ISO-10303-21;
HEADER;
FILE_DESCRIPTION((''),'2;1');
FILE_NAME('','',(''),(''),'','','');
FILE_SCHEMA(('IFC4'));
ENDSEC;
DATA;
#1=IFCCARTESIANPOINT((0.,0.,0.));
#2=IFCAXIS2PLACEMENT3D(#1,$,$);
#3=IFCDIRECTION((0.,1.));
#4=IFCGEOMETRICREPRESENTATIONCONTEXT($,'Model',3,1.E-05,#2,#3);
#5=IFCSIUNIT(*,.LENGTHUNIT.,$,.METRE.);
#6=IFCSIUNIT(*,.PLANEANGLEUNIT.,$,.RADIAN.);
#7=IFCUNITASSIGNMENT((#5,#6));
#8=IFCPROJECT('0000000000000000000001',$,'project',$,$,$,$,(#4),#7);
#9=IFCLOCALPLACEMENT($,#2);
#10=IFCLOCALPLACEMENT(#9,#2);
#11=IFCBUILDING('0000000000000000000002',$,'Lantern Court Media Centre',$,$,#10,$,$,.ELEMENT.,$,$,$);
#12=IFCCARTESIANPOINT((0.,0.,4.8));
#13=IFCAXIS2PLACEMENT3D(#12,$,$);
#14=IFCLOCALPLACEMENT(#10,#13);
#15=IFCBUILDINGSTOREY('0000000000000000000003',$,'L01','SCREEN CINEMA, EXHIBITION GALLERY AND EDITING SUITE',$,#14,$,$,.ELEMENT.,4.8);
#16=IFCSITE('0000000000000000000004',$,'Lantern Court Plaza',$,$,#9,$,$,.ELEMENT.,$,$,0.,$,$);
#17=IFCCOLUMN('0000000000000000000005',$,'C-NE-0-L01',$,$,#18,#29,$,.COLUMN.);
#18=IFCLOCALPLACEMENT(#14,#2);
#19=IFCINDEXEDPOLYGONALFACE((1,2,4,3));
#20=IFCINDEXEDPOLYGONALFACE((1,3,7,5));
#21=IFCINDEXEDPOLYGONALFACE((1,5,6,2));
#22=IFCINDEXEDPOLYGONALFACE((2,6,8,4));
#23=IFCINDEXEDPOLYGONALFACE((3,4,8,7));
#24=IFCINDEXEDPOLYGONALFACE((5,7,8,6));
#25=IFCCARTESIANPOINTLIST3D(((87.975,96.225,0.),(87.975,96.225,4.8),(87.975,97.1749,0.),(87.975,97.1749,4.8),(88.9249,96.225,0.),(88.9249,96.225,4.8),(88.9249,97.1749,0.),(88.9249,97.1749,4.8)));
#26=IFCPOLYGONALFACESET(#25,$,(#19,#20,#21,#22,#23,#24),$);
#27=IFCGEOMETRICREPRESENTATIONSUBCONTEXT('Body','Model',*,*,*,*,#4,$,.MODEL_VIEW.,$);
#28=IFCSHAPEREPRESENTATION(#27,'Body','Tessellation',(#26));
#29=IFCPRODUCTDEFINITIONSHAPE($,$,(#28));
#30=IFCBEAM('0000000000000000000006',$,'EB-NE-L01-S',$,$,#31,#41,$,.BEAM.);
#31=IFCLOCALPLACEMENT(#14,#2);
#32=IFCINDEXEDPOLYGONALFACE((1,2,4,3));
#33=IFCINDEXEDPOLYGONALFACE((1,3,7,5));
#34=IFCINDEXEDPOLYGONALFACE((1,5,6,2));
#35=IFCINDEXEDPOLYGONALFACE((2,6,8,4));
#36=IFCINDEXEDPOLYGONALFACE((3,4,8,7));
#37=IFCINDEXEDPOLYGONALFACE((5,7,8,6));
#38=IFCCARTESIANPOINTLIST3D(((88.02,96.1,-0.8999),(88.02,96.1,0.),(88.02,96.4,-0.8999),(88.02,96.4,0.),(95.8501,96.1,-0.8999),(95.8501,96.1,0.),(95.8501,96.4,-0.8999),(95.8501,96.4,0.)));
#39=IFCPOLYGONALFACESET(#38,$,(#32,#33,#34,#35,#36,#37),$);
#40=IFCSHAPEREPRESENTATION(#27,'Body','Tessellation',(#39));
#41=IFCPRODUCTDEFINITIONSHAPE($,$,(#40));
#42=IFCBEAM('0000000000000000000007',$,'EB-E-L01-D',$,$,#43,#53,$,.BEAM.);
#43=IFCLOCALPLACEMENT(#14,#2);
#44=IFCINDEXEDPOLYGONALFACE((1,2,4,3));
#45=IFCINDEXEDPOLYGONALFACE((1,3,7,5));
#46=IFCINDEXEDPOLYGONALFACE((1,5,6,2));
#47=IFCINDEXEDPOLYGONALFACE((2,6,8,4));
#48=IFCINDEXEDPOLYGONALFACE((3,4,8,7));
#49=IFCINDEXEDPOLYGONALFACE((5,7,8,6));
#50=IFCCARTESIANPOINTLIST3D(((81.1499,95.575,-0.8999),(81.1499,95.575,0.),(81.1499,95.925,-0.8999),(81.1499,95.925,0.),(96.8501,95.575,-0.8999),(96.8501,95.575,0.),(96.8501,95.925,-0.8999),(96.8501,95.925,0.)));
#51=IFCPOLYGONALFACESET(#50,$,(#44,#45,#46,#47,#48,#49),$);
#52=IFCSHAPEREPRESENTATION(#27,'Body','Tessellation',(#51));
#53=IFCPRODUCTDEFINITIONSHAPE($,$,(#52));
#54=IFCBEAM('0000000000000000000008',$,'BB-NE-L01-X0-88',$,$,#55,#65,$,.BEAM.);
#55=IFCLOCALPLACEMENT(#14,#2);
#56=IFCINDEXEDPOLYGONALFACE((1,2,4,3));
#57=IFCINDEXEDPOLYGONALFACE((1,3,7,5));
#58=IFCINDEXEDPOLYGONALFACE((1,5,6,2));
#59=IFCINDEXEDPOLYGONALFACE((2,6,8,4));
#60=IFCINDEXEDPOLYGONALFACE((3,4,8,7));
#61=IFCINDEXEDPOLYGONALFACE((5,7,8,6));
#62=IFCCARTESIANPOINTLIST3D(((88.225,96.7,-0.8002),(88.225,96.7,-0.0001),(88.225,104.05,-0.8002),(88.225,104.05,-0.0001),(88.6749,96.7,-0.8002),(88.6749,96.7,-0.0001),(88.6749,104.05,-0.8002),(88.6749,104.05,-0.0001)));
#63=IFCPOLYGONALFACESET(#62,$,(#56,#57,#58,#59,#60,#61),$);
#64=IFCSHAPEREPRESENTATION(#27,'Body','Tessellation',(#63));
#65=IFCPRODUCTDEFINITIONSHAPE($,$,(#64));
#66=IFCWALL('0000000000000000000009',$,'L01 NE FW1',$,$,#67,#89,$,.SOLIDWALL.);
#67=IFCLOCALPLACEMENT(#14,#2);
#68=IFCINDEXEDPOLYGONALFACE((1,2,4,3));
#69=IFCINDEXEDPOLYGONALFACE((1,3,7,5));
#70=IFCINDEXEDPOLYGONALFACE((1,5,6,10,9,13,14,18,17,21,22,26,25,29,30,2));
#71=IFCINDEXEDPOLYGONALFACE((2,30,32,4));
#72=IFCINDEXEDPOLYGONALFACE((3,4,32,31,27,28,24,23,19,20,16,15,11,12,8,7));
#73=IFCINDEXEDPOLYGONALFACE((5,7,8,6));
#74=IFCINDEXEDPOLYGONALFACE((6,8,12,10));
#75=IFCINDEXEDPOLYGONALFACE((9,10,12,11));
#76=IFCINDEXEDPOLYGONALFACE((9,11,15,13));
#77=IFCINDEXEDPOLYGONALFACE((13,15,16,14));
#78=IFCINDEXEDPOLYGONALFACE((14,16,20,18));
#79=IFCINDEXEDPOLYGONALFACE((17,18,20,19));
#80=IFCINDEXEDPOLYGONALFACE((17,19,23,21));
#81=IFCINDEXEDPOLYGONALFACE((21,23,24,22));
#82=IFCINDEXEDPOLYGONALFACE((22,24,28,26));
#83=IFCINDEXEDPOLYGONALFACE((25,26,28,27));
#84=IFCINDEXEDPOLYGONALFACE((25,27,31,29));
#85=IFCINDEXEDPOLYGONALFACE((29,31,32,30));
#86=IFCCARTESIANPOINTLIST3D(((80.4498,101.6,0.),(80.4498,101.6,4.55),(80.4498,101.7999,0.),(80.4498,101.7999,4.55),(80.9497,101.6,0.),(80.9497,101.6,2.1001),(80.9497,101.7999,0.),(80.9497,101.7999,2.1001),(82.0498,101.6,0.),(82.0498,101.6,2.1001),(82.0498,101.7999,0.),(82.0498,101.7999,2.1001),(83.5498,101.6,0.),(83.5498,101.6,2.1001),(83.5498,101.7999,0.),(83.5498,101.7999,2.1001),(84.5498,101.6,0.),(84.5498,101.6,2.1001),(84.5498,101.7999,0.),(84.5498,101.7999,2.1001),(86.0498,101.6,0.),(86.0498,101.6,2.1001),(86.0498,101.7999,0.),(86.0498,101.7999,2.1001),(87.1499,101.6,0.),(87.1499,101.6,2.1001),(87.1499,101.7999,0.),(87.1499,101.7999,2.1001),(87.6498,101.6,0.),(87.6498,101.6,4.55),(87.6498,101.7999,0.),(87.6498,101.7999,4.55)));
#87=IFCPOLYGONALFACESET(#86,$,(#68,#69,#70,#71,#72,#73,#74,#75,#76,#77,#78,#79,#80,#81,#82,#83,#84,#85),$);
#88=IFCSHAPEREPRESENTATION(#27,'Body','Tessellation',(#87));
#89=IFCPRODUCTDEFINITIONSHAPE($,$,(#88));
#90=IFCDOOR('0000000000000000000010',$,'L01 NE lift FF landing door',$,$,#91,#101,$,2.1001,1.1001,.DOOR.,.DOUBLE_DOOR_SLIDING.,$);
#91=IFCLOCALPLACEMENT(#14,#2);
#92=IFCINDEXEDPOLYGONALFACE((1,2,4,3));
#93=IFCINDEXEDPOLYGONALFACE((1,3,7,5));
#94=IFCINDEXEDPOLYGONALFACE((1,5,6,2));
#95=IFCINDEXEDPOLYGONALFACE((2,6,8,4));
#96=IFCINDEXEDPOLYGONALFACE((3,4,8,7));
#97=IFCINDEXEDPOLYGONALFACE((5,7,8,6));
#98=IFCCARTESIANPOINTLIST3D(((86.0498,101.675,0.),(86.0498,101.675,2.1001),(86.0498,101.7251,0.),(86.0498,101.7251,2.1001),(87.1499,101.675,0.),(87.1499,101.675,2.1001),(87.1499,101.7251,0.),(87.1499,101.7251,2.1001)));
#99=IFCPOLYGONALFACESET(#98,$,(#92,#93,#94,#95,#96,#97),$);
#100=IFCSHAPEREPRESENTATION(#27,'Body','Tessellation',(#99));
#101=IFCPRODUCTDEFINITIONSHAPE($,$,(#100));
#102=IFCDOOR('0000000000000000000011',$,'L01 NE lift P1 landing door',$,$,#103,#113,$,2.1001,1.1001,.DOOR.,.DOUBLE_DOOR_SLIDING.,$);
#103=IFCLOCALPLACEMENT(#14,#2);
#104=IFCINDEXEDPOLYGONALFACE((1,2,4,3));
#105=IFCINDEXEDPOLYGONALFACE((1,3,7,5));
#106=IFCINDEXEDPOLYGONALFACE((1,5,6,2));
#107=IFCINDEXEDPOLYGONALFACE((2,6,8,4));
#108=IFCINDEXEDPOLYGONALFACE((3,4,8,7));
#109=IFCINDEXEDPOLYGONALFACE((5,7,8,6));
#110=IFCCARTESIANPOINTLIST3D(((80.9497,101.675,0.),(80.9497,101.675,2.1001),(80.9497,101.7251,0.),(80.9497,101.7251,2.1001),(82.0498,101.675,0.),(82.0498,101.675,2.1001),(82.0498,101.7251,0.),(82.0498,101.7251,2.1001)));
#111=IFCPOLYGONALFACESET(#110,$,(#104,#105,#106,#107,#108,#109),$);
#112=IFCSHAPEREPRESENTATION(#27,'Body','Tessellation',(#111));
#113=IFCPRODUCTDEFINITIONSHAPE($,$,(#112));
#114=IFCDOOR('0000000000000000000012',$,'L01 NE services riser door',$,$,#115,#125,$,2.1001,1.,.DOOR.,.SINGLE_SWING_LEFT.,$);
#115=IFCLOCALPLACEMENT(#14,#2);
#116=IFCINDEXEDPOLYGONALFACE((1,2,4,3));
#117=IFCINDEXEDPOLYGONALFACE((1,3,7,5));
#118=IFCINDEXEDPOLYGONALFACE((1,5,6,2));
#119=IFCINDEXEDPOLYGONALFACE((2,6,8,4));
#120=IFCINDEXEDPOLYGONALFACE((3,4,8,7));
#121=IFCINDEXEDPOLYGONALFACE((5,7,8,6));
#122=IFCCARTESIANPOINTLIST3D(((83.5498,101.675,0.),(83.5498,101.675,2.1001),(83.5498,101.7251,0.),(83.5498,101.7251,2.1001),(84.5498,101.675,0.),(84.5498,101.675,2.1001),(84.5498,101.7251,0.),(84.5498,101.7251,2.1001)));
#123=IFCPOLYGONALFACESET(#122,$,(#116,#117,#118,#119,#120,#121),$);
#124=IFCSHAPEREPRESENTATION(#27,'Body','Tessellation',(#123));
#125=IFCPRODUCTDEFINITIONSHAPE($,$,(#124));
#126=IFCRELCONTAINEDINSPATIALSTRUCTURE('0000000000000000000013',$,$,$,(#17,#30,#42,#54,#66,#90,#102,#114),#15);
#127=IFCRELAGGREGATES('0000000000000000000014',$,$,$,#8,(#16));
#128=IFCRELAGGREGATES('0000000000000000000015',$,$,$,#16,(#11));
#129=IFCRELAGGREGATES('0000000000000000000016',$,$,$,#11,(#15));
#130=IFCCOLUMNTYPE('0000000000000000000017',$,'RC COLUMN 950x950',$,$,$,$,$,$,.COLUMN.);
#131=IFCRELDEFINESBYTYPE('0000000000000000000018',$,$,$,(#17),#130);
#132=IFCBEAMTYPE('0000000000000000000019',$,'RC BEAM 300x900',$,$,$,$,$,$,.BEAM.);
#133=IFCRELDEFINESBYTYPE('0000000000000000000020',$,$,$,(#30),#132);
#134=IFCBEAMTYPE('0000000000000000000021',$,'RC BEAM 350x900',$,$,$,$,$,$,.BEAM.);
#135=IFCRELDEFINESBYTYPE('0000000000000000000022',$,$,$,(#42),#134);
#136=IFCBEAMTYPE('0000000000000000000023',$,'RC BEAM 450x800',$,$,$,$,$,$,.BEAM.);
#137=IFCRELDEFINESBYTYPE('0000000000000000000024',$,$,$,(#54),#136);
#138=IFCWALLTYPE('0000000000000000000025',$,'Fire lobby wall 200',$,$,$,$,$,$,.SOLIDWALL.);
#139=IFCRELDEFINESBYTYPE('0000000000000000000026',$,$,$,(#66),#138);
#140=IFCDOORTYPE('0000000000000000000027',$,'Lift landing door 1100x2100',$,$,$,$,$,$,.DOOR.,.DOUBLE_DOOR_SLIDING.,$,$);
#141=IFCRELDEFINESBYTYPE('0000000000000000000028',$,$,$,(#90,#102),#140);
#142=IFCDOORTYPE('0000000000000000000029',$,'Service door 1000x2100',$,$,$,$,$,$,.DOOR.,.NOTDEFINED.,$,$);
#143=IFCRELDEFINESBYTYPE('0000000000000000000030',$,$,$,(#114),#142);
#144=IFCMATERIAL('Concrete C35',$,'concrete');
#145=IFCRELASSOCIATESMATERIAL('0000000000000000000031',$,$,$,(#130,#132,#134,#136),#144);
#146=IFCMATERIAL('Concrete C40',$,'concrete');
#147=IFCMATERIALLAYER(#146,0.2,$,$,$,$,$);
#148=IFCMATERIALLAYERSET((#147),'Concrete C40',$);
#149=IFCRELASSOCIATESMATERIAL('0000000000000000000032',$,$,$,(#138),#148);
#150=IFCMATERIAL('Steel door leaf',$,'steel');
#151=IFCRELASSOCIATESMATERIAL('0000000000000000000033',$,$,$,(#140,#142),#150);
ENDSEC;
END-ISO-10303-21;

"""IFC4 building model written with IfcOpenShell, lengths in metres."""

from ifc_helpers import new_model, si_unit, direction, frame, frame_2d, origin, origin_2d, place, context, subcontext, project, spatial, rectangle, extrude, material, layer, layer_set, material_profile, profile_set, type_object, element, fill, save


model = new_model("IFC4")

# Units and contexts
model_context = context("Model", 3, precision=1e-05, world=origin(), true_north=direction((0.0, 1.0)))
body_context = subcontext(model_context, "Body", "Model", "MODEL_VIEW")
ifc_project = project(units=[si_unit("LENGTHUNIT", "METRE"), si_unit("PLANEANGLEUNIT", "RADIAN")], contexts=[model_context])

# Site, building, storey
site_placement = place(None, origin())
site = spatial("IfcSite", under=ifc_project, at=site_placement, Name="Lantern Court Plaza", CompositionType="ELEMENT", RefElevation=0.0)
building_placement = place(site_placement, origin())
building = spatial("IfcBuilding", under=site, at=building_placement, Name="Lantern Court Media Centre", CompositionType="ELEMENT")
storey_placement = place(building_placement, frame((0.0, 0.0, 4.8)))
storey = spatial("IfcBuildingStorey", under=building, at=storey_placement, Name="L01", Description="SCREEN CINEMA, EXHIBITION GALLERY AND EDITING SUITE", CompositionType="ELEMENT", Elevation=4.8)

# Column
ifc_material_1 = material(Name="Concrete C35", Category="concrete")
ifc_material_profile_1 = material_profile(ifc_material_1, rectangle(XDim=0.95, YDim=0.95, at=origin_2d()), Name="RC 950x950")
ifc_profile_set_1 = profile_set([ifc_material_profile_1], Name="Concrete C35")
column_type = type_object("IfcColumnType", Name="RC COLUMN 950x950", PredefinedType="COLUMN", material=ifc_profile_set_1)
column_placement = place(storey_placement, frame((88.45, 96.7, 0.0), z_axis=(0.0, 0.0, 1.0), x_axis=(1.0, 0.0, 0.0)))
element("IfcColumn", 1, at=column_placement, inside=storey, type_object=column_type, Name="C-NE-0-L01", PredefinedType="COLUMN", context=body_context, shape_type="SweptSolid", body=[
    extrude(rectangle(XDim=0.95, YDim=0.95, at=origin_2d()), origin(), (0.0, 0.0, 1.0), 4.8),
])

# Beams
ifc_material_profile_2 = material_profile(ifc_material_1, rectangle(XDim=0.3, YDim=0.8999, at=origin_2d()), Name="RC 300x900")
ifc_profile_set_2 = profile_set([ifc_material_profile_2], Name="Concrete C35")
beam_type_1 = type_object("IfcBeamType", Name="RC BEAM 300x900", PredefinedType="BEAM", material=ifc_profile_set_2)
beam_1_placement = place(storey_placement, frame((88.02, 96.25, -0.45), z_axis=(1.0, 0.0, 0.0), x_axis=(0.0, 1.0, 0.0)))
element("IfcBeam", 2, at=beam_1_placement, inside=storey, type_object=beam_type_1, Name="EB-NE-L01-S", PredefinedType="BEAM", context=body_context, shape_type="SweptSolid", body=[
    extrude(rectangle(XDim=0.3, YDim=0.8999, at=origin_2d()), origin(), (0.0, 0.0, 1.0), 7.8301),
])
ifc_material_profile_3 = material_profile(ifc_material_1, rectangle(XDim=0.3501, YDim=0.8999, at=origin_2d()), Name="RC 350x900")
ifc_profile_set_3 = profile_set([ifc_material_profile_3], Name="Concrete C35")
beam_type_2 = type_object("IfcBeamType", Name="RC BEAM 350x900", PredefinedType="BEAM", material=ifc_profile_set_3)
beam_2_placement = place(storey_placement, frame((81.1499, 95.75, -0.45), z_axis=(1.0, 0.0, 0.0), x_axis=(0.0, 1.0, 0.0)))
element("IfcBeam", 3, at=beam_2_placement, inside=storey, type_object=beam_type_2, Name="EB-E-L01-D", PredefinedType="BEAM", context=body_context, shape_type="SweptSolid", body=[
    extrude(rectangle(XDim=0.3501, YDim=0.8999, at=origin_2d()), origin(), (0.0, 0.0, 1.0), 15.7002),
])
ifc_material_profile_4 = material_profile(ifc_material_1, rectangle(XDim=0.45, YDim=0.8, at=origin_2d()), Name="RC 450x800")
ifc_profile_set_4 = profile_set([ifc_material_profile_4], Name="Concrete C35")
beam_type_3 = type_object("IfcBeamType", Name="RC BEAM 450x800", PredefinedType="BEAM", material=ifc_profile_set_4)
beam_3_placement = place(storey_placement, frame((88.45, 96.7, -0.4001), z_axis=(0.0, 1.0, 0.0), x_axis=(-1.0, 0.0, 0.0)))
element("IfcBeam", 4, at=beam_3_placement, inside=storey, type_object=beam_type_3, Name="BB-NE-L01-X0-88", PredefinedType="BEAM", context=body_context, shape_type="SweptSolid", body=[
    extrude(rectangle(XDim=0.45, YDim=0.8, at=origin_2d()), origin(), (0.0, 0.0, 1.0), 7.3501),
])

# Wall, openings, doors
ifc_material_2 = material(Name="Concrete C40", Category="concrete")
ifc_layer_1 = layer(ifc_material_2, 0.2)
ifc_layer_set_1 = layer_set([ifc_layer_1], Name="Concrete C40")
wall_type_1 = type_object("IfcWallType", Name="Fire lobby wall 200", PredefinedType="SOLIDWALL", material=ifc_layer_set_1)
wall_1_placement = place(storey_placement, frame((87.6499, 101.7, 0.0), z_axis=(0.0, 0.0, 1.0), x_axis=(-1.0, 0.0, 0.0)))
wall_1 = element("IfcWall", 5, at=wall_1_placement, inside=storey, type_object=wall_type_1, Name="L01 NE FW1", PredefinedType="SOLIDWALL", context=body_context, shape_type="SweptSolid", body=[
    extrude(rectangle(XDim=7.2, YDim=0.2, at=frame_2d((3.6001, 0.0))), origin(), (0.0, 0.0, 1.0), 4.55),
])
opening_1_placement = place(wall_1_placement, frame((0.5, 0.0, 0.0)))
opening_1 = element("IfcOpeningElement", 6, at=opening_1_placement, cuts=wall_1, PredefinedType="OPENING", context=body_context, shape_type="SweptSolid", body=[
    extrude(rectangle(XDim=1.1001, YDim=2.1001, at=frame_2d((0.55, 1.05))), frame((0.0, 0.1099, 0.0), z_axis=(0.0, -1.0, 0.0), x_axis=(1.0, 0.0, 0.0)), (0.0, 0.0, 1.0), 0.22),
])
opening_2_placement = place(wall_1_placement, frame((5.6001, 0.0, 0.0)))
opening_2 = element("IfcOpeningElement", 7, at=opening_2_placement, cuts=wall_1, PredefinedType="OPENING", context=body_context, shape_type="SweptSolid", body=[
    extrude(rectangle(XDim=1.1001, YDim=2.1001, at=frame_2d((0.55, 1.05))), frame((0.0, 0.1099, 0.0), z_axis=(0.0, -1.0, 0.0), x_axis=(1.0, 0.0, 0.0)), (0.0, 0.0, 1.0), 0.22),
])
opening_3_placement = place(wall_1_placement, frame((3.1001, 0.0, 0.0)))
opening_3 = element("IfcOpeningElement", 8, at=opening_3_placement, cuts=wall_1, PredefinedType="OPENING", context=body_context, shape_type="SweptSolid", body=[
    extrude(rectangle(XDim=1.0, YDim=2.1001, at=frame_2d((0.5, 1.05))), frame((0.0, 0.1099, 0.0), z_axis=(0.0, -1.0, 0.0), x_axis=(1.0, 0.0, 0.0)), (0.0, 0.0, 1.0), 0.22),
])
ifc_material_3 = material(Name="Steel door leaf", Category="steel")
door_type_1 = type_object("IfcDoorType", Name="Lift landing door 1100x2100", OperationType="DOUBLE_DOOR_SLIDING", PredefinedType="DOOR", material=ifc_material_3)
door_1_placement = place(opening_1_placement, origin())
door_1 = element("IfcDoor", 9, at=door_1_placement, inside=storey, type_object=door_type_1, Name="L01 NE lift FF landing door", OperationType="DOUBLE_DOOR_SLIDING", OverallHeight=2.1001, OverallWidth=1.1001, PredefinedType="DOOR", context=body_context, shape_type="SweptSolid", body=[
    extrude(rectangle(XDim=1.1001, YDim=2.1001, at=frame_2d((0.55, 1.05))), frame((0.0, 0.0249, 0.0), z_axis=(0.0, -1.0, 0.0), x_axis=(1.0, 0.0, 0.0)), (0.0, 0.0, 1.0), 0.05),
])
fill(opening_1, door_1)
door_2_placement = place(opening_2_placement, origin())
door_2 = element("IfcDoor", 10, at=door_2_placement, inside=storey, type_object=door_type_1, Name="L01 NE lift P1 landing door", OperationType="DOUBLE_DOOR_SLIDING", OverallHeight=2.1001, OverallWidth=1.1001, PredefinedType="DOOR", context=body_context, shape_type="SweptSolid", body=[
    extrude(rectangle(XDim=1.1001, YDim=2.1001, at=frame_2d((0.55, 1.05))), frame((0.0, 0.0249, 0.0), z_axis=(0.0, -1.0, 0.0), x_axis=(1.0, 0.0, 0.0)), (0.0, 0.0, 1.0), 0.05),
])
fill(opening_2, door_2)
door_type_2 = type_object("IfcDoorType", Name="Service door 1000x2100", OperationType="NOTDEFINED", PredefinedType="DOOR", material=ifc_material_3)
door_3_placement = place(opening_3_placement, origin())
door_3 = element("IfcDoor", 11, at=door_3_placement, inside=storey, type_object=door_type_2, Name="L01 NE services riser door", OperationType="SINGLE_SWING_LEFT", OverallHeight=2.1001, OverallWidth=1.0, PredefinedType="DOOR", context=body_context, shape_type="SweptSolid", body=[
    extrude(rectangle(XDim=1.0, YDim=2.1001, at=frame_2d((0.5, 1.05))), frame((0.0, 0.0249, 0.0), z_axis=(0.0, -1.0, 0.0), x_axis=(1.0, 0.0, 0.0)), (0.0, 0.0, 1.0), 0.05),
])
fill(opening_3, door_3)

save(model, "model.ifc")
